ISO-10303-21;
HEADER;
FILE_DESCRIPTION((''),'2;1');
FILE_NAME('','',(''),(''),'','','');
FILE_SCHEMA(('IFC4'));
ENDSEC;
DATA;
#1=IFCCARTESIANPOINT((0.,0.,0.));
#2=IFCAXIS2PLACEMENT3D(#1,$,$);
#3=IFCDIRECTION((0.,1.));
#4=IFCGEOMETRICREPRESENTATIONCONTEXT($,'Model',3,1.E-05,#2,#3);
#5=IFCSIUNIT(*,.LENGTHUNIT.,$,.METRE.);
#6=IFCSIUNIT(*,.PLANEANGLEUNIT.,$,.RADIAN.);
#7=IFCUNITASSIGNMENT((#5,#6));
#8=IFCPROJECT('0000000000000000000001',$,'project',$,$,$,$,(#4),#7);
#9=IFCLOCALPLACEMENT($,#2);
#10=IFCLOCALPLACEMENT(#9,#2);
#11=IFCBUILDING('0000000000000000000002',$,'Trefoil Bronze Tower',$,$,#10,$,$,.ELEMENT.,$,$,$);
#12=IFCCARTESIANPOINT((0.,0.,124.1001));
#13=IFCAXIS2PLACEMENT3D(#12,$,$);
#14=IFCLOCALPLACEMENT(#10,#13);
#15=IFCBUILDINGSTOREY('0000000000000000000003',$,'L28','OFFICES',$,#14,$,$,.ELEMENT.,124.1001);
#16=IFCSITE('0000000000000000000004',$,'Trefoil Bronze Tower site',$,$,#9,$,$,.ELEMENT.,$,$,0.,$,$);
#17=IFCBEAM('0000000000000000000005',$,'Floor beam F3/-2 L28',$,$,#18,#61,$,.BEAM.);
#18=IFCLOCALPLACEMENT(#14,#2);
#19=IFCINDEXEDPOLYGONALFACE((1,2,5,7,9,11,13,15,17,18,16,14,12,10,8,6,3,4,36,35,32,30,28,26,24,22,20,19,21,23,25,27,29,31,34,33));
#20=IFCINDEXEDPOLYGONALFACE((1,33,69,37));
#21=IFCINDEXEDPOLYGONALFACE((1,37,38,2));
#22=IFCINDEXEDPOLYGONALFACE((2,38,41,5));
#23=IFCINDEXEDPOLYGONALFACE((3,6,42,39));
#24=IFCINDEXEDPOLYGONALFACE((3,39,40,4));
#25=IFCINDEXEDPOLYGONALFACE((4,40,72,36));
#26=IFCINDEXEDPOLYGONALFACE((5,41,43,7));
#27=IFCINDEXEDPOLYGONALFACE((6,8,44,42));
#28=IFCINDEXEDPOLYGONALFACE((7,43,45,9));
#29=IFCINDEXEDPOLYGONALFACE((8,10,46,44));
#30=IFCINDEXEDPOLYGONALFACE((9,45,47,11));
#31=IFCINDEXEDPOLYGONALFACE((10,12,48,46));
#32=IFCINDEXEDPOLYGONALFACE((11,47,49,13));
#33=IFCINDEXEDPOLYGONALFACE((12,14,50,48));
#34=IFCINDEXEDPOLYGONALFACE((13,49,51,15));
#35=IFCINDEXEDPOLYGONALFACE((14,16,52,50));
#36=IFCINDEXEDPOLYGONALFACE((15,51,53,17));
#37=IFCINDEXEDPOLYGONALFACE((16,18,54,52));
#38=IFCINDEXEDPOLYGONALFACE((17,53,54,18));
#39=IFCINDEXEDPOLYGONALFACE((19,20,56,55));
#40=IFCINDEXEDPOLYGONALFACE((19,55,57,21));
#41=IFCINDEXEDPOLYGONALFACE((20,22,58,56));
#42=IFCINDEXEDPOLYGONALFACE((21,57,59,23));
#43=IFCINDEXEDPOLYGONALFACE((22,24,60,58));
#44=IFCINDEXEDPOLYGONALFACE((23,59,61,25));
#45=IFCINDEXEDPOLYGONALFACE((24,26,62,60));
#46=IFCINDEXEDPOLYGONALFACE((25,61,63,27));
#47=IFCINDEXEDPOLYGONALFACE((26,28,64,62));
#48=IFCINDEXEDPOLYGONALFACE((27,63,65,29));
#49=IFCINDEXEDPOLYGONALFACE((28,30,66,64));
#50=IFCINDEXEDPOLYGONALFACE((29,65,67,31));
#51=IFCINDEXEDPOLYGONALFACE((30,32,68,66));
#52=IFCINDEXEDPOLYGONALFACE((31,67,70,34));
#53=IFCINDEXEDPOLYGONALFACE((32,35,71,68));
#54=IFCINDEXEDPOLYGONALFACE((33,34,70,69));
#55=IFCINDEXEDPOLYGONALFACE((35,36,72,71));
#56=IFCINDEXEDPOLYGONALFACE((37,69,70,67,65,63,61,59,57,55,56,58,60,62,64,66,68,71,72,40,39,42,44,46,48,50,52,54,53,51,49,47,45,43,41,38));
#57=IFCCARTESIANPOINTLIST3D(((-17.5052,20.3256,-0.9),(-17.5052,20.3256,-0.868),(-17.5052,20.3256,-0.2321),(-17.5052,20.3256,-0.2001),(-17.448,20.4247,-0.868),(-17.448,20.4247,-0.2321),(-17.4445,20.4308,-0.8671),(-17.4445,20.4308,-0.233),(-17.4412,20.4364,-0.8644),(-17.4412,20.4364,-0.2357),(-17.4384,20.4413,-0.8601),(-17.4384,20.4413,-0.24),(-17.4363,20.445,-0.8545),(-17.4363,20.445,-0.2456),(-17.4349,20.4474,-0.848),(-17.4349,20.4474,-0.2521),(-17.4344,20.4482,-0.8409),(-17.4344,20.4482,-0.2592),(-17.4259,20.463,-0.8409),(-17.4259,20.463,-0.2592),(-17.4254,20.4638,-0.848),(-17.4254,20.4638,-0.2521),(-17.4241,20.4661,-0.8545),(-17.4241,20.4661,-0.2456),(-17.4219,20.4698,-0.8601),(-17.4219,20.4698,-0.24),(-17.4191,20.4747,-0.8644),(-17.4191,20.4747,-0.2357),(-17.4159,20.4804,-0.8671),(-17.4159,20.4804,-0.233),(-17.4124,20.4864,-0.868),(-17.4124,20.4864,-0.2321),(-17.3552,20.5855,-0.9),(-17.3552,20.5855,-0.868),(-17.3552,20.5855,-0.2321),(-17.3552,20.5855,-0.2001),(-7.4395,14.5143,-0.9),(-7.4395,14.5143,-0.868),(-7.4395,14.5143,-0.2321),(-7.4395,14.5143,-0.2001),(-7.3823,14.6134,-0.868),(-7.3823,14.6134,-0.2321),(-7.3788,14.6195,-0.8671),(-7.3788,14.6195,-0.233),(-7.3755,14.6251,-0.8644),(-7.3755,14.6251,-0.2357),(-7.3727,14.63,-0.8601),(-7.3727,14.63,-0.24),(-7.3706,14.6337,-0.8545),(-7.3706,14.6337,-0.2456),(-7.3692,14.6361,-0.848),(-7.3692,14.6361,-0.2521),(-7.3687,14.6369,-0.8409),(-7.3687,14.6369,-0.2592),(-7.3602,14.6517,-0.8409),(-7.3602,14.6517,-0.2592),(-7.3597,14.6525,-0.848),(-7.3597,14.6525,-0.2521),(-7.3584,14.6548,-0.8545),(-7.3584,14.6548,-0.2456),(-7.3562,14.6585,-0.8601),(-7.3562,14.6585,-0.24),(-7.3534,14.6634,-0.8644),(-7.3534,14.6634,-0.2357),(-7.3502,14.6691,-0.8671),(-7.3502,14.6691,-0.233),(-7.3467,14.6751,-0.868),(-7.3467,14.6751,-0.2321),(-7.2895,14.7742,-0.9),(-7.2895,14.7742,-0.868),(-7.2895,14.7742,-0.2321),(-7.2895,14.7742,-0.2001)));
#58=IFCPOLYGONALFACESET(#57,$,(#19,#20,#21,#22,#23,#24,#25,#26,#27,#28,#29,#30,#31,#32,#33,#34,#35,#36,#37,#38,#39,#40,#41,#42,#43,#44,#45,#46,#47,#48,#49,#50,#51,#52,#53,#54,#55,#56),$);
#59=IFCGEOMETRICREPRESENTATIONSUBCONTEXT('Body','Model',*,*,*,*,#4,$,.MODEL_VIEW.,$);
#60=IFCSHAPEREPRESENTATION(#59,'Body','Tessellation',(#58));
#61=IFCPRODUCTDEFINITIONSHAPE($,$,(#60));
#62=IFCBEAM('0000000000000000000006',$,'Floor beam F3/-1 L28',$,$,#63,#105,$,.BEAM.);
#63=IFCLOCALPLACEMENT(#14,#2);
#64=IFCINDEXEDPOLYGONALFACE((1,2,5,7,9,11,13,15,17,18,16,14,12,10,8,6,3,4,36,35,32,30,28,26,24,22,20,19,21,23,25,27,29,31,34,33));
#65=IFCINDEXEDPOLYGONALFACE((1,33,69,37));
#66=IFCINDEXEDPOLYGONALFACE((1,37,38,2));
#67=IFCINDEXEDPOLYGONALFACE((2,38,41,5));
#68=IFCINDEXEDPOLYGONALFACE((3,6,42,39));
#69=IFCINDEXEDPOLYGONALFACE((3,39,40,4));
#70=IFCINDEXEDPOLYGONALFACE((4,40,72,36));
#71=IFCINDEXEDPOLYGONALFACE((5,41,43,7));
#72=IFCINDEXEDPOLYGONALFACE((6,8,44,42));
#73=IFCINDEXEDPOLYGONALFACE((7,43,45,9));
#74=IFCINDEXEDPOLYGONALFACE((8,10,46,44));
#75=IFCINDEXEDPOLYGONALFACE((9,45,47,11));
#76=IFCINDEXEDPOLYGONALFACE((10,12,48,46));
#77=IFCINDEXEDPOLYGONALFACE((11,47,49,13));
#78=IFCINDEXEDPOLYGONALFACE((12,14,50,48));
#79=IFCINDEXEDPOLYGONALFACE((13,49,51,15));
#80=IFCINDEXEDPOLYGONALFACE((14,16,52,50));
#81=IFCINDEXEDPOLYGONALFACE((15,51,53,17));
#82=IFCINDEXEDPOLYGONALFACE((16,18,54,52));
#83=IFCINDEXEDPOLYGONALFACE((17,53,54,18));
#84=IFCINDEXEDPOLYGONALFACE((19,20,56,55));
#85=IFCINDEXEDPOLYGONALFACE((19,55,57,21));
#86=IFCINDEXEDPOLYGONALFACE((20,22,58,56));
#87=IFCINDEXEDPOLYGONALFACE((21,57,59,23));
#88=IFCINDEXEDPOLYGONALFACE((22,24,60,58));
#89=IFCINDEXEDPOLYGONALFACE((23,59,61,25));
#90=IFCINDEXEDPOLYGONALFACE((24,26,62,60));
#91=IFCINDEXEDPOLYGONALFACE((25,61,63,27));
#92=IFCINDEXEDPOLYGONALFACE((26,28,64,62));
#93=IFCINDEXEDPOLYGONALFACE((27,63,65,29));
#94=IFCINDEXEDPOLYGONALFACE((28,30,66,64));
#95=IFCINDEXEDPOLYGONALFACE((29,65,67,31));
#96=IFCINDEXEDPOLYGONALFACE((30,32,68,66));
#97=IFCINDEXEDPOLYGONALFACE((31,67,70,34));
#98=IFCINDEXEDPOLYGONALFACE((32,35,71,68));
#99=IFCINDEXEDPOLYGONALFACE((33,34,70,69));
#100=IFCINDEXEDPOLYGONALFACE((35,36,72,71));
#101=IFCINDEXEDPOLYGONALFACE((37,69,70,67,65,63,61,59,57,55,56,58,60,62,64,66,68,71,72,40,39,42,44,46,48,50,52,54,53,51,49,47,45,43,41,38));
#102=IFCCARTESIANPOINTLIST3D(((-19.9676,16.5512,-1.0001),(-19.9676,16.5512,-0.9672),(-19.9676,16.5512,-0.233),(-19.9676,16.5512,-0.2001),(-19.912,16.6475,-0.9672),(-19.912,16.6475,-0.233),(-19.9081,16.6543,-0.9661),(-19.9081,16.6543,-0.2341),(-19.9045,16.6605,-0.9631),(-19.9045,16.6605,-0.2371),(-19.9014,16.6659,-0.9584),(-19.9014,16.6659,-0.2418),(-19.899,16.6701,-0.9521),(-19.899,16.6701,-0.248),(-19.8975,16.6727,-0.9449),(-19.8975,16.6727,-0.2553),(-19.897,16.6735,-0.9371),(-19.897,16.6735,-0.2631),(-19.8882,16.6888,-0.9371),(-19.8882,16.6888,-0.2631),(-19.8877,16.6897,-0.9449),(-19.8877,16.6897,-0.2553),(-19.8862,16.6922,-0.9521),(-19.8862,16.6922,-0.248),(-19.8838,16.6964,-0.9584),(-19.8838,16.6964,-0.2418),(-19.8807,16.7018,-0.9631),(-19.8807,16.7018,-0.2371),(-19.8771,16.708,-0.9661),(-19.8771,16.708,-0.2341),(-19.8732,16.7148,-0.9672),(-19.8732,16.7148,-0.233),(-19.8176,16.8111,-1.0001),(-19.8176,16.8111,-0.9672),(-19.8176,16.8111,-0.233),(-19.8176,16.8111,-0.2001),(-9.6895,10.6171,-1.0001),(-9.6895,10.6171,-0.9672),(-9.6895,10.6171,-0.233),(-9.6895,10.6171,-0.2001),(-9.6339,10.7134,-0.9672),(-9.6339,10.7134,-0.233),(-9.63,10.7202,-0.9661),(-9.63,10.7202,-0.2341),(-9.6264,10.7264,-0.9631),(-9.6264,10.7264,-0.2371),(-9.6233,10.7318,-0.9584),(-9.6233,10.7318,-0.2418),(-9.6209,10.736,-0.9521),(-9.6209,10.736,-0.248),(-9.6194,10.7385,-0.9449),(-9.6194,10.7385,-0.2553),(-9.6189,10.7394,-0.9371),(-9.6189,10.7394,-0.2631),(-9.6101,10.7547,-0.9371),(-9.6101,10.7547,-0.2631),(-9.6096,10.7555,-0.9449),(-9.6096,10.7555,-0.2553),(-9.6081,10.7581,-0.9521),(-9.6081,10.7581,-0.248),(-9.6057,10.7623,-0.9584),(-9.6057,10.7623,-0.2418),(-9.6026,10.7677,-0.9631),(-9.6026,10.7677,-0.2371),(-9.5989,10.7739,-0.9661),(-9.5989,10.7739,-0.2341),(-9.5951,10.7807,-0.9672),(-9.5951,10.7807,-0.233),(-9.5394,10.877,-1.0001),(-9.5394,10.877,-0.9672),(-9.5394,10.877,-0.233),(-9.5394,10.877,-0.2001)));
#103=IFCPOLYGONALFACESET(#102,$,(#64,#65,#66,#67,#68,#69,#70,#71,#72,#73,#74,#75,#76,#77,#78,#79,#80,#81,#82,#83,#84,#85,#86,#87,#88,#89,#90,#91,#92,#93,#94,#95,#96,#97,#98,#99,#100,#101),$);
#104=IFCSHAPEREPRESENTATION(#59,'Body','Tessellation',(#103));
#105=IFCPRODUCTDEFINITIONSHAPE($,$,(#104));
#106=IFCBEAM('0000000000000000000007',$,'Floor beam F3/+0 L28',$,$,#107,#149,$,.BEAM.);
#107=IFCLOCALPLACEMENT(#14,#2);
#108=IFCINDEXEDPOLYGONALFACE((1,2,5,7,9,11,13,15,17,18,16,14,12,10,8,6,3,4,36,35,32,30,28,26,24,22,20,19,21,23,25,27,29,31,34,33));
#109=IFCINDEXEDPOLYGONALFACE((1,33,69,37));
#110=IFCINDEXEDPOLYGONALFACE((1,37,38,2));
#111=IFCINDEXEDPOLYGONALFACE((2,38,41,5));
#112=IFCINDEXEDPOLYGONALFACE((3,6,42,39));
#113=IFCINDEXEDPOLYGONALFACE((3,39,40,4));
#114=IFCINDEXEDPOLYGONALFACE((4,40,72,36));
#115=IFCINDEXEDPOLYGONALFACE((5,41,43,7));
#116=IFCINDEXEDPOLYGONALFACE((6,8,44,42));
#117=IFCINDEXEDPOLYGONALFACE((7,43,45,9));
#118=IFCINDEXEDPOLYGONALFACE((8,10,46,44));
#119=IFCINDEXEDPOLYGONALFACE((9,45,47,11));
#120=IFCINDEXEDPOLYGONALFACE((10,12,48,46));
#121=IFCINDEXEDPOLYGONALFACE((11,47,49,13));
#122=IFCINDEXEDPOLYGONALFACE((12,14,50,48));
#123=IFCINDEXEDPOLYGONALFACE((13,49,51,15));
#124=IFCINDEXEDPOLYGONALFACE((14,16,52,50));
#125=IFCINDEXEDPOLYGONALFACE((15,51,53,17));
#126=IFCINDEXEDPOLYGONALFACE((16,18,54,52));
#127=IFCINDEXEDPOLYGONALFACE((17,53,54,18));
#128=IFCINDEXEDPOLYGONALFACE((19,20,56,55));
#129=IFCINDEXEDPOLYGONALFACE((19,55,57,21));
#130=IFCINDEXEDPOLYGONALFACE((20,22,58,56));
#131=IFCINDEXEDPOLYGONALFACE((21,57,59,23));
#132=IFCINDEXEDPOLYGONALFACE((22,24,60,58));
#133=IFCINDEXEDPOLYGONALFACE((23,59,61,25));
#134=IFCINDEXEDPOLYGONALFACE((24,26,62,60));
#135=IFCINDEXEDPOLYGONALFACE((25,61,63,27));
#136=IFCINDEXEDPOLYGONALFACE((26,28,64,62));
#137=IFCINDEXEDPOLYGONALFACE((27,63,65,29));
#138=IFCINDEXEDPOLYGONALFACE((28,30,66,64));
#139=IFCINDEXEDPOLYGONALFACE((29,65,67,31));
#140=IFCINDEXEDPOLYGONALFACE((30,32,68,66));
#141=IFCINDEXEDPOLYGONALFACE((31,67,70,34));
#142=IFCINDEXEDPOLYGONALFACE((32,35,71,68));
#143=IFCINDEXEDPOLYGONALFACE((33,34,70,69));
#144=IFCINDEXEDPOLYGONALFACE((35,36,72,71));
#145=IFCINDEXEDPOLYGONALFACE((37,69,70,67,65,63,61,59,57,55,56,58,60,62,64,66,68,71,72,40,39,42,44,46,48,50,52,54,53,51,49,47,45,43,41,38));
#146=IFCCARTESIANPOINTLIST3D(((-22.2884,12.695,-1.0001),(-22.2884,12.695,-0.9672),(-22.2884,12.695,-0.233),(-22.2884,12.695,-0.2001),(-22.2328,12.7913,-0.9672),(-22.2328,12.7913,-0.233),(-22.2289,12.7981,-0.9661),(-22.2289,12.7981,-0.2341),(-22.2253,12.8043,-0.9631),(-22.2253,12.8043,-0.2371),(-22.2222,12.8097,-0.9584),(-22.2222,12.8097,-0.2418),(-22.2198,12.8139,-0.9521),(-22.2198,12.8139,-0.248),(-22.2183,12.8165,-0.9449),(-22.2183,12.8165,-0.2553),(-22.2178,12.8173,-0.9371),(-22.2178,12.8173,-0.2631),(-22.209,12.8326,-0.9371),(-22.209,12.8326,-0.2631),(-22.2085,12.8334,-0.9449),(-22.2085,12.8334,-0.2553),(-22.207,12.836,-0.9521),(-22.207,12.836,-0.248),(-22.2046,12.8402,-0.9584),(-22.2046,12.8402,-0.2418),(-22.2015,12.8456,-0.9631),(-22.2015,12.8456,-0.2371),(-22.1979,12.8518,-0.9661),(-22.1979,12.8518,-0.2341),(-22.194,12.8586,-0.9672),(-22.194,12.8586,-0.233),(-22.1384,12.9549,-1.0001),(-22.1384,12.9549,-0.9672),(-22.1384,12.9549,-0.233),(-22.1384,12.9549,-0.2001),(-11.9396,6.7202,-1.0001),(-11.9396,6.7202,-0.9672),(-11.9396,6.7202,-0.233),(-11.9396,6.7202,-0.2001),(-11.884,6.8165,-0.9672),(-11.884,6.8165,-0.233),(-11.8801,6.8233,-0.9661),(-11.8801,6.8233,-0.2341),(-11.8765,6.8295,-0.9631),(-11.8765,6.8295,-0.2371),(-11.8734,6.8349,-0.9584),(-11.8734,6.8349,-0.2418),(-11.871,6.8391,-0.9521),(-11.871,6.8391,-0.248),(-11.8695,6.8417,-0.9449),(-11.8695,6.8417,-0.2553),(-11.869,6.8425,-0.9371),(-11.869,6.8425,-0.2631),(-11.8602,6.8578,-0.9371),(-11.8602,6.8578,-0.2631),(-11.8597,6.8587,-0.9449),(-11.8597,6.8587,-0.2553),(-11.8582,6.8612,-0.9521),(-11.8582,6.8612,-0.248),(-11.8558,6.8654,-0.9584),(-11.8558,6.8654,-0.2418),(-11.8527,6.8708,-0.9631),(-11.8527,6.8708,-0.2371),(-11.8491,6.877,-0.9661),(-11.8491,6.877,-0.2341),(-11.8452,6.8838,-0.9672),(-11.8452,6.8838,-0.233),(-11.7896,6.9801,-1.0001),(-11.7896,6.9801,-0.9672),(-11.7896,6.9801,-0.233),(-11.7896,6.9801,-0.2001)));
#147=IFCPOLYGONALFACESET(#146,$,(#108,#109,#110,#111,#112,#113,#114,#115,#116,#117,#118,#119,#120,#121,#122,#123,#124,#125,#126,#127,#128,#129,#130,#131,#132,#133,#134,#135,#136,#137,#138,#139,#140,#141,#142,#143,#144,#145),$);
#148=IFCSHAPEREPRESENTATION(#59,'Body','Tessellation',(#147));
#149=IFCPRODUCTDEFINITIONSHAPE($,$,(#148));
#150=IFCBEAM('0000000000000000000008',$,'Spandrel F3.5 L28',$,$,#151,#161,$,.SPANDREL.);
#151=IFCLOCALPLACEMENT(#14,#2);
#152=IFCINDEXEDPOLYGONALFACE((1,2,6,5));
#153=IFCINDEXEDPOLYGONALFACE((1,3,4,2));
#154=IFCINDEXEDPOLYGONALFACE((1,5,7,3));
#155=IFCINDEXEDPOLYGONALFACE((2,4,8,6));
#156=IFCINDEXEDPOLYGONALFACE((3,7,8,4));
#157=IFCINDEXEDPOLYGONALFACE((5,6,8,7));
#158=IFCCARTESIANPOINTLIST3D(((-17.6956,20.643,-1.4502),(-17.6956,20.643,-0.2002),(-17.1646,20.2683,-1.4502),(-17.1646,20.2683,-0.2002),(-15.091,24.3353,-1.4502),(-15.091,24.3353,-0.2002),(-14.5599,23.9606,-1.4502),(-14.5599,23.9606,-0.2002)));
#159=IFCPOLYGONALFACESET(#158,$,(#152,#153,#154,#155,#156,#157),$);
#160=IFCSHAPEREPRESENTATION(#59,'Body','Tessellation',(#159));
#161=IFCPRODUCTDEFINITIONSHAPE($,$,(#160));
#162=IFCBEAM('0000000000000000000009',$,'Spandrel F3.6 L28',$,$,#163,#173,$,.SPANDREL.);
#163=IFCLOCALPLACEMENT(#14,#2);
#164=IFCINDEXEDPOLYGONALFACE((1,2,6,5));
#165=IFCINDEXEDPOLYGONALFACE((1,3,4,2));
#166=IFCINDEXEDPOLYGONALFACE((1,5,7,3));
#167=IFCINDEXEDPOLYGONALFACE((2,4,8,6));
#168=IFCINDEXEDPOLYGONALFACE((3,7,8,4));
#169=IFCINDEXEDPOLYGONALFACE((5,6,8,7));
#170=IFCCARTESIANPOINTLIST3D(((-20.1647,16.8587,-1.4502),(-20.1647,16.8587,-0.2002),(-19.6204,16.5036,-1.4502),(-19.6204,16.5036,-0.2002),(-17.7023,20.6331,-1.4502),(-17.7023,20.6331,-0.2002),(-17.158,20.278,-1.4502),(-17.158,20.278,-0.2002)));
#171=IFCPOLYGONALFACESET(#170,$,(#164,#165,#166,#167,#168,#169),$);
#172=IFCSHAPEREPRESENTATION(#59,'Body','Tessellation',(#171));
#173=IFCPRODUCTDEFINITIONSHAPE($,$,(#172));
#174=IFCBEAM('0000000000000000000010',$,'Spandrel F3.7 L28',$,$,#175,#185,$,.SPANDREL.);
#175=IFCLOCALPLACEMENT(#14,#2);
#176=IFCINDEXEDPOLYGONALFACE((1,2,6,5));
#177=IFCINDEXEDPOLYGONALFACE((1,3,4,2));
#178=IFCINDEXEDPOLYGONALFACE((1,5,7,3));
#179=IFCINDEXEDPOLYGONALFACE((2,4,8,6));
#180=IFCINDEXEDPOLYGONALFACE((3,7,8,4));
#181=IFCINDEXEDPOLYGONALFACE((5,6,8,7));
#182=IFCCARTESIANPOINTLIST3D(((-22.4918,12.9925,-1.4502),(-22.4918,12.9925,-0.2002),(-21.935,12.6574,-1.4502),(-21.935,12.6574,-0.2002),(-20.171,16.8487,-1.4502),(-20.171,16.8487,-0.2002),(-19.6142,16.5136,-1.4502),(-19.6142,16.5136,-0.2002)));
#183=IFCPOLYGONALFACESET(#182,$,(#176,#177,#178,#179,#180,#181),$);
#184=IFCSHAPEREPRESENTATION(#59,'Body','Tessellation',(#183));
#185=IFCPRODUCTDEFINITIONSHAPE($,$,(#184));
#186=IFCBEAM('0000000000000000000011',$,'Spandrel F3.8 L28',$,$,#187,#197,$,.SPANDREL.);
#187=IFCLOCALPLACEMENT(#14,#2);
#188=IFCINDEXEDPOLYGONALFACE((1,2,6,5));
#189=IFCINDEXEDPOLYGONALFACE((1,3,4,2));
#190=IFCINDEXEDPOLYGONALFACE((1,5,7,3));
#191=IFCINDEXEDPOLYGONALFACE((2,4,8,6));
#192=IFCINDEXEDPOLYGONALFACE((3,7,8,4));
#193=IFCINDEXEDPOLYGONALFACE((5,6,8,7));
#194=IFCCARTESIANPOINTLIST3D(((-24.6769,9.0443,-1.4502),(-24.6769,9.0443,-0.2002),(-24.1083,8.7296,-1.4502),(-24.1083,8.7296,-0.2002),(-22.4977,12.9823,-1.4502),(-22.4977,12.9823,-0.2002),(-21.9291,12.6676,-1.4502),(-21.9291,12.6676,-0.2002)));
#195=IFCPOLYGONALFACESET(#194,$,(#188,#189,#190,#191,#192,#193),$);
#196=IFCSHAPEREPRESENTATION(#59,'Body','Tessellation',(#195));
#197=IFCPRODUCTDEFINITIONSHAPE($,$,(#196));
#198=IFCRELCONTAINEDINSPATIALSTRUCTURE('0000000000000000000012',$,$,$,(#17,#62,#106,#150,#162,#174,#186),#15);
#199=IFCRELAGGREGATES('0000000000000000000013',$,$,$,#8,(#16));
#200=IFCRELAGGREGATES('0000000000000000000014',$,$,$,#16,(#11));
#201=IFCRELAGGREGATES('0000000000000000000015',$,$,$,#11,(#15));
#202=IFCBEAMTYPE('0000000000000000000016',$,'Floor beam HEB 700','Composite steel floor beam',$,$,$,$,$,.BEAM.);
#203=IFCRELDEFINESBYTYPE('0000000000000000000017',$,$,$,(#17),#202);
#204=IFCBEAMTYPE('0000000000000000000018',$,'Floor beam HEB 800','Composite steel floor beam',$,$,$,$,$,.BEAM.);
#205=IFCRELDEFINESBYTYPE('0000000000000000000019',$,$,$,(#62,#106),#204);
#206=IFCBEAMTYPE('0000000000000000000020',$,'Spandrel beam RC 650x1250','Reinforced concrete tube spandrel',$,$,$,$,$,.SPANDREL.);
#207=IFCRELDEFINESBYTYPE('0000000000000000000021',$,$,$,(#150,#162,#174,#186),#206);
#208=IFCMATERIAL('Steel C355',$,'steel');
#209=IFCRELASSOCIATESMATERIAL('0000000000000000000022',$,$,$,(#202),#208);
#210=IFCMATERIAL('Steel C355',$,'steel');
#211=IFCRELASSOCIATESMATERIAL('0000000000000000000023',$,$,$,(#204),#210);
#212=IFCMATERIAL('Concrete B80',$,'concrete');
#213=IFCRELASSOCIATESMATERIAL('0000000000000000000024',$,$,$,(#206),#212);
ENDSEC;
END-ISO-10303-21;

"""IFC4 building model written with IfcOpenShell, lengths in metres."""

from ifc_helpers import new_model, si_unit, direction, frame, origin, origin_2d, place, context, subcontext, project, spatial, rectangle, i_section, extrude, material, material_profile, profile_set, type_object, element, save


model = new_model("IFC4")

# Units and contexts
model_context = context("Model", 3, precision=1e-05, world=origin(), true_north=direction((0.0, 1.0)))
body_context = subcontext(model_context, "Body", "Model", "MODEL_VIEW")
ifc_project = project(units=[si_unit("LENGTHUNIT", "METRE"), si_unit("PLANEANGLEUNIT", "RADIAN")], contexts=[model_context])

# Site, building, storey
site_placement = place(None, origin())
site = spatial("IfcSite", under=ifc_project, at=site_placement, Name="Trefoil Bronze Tower site", CompositionType="ELEMENT", RefElevation=0.0)
building_placement = place(site_placement, origin())
building = spatial("IfcBuilding", under=site, at=building_placement, Name="Trefoil Bronze Tower", CompositionType="ELEMENT")
storey_placement = place(building_placement, frame((0.0, 0.0, 124.1001)))
storey = spatial("IfcBuildingStorey", under=building, at=storey_placement, Name="L28", Description="OFFICES", CompositionType="ELEMENT", Elevation=124.1001)

# Beams
ifc_material_1 = material(Name="Steel C355", Category="steel")
ifc_material_profile_1 = material_profile(ifc_material_1, i_section(OverallWidth=0.3, OverallDepth=0.7, WebThickness=0.0171, FlangeThickness=0.032, FilletRadius=0.0271, at=origin_2d()), Name="HEB 700")
ifc_profile_set_1 = profile_set([ifc_material_profile_1], Name="Steel C355")
beam_type_1 = type_object("IfcBeamType", Name="Floor beam HEB 700", Description="Composite steel floor beam", PredefinedType="BEAM", material=ifc_profile_set_1)
beam_1_placement = place(storey_placement, frame((-17.4302, 20.4556, -0.55), z_axis=(0.866031, -0.499991, 0.0), x_axis=(0.499991, 0.866031, 0.0)))
element("IfcBeam", 1, at=beam_1_placement, inside=storey, type_object=beam_type_1, Name="Floor beam F3/-2 L28", PredefinedType="BEAM", context=body_context, shape_type="SweptSolid", body=[
    extrude(i_section(OverallWidth=0.3, OverallDepth=0.7, WebThickness=0.0171, FlangeThickness=0.032, FilletRadius=0.0271, at=origin_2d()), origin(), (0.0, 0.0, 1.0), 11.6228),
])
ifc_material_2 = material(Name="Steel C355", Category="steel")
ifc_material_profile_2 = material_profile(ifc_material_2, i_section(OverallWidth=0.3, OverallDepth=0.8, WebThickness=0.0176, FlangeThickness=0.033, FilletRadius=0.03, at=origin_2d()), Name="HEB 800")
ifc_profile_set_2 = profile_set([ifc_material_profile_2], Name="Steel C355")
beam_type_2 = type_object("IfcBeamType", Name="Floor beam HEB 800", Description="Composite steel floor beam", PredefinedType="BEAM", material=ifc_profile_set_2)
beam_2_placement = place(storey_placement, frame((-19.8926, 16.6812, -0.6001), z_axis=(0.866024, -0.500002, 0.0), x_axis=(0.500002, 0.866024, 0.0)))
element("IfcBeam", 2, at=beam_2_placement, inside=storey, type_object=beam_type_2, Name="Floor beam F3/-1 L28", PredefinedType="BEAM", context=body_context, shape_type="SweptSolid", body=[
    extrude(i_section(OverallWidth=0.3, OverallDepth=0.8, WebThickness=0.0176, FlangeThickness=0.033, FilletRadius=0.03, at=origin_2d()), origin(), (0.0, 0.0, 1.0), 11.8682),
])
beam_3_placement = place(storey_placement, frame((-22.2134, 12.825, -0.6001), z_axis=(0.866028, -0.499995, 0.0), x_axis=(0.499995, 0.866028, 0.0)))
element("IfcBeam", 3, at=beam_3_placement, inside=storey, type_object=beam_type_2, Name="Floor beam F3/+0 L28", PredefinedType="BEAM", context=body_context, shape_type="SweptSolid", body=[
    extrude(i_section(OverallWidth=0.3, OverallDepth=0.8, WebThickness=0.0176, FlangeThickness=0.033, FilletRadius=0.03, at=origin_2d()), origin(), (0.0, 0.0, 1.0), 11.9497),
])
ifc_material_3 = material(Name="Concrete B80", Category="concrete")
ifc_material_profile_3 = material_profile(ifc_material_3, rectangle(XDim=0.6499, YDim=1.25, at=origin_2d()), Name="RC 650x1250")
ifc_profile_set_3 = profile_set([ifc_material_profile_3], Name="Concrete B80")
beam_type_3 = type_object("IfcBeamType", Name="Spandrel beam RC 650x1250", Description="Reinforced concrete tube spandrel", PredefinedType="SPANDREL", material=ifc_profile_set_3)
beam_4_placement = place(storey_placement, frame((-14.8254, 24.1479, -0.8252), z_axis=(-0.576439, -0.81714, 0.0), x_axis=(0.81714, -0.576439, 0.0)))
element("IfcBeam", 4, at=beam_4_placement, inside=storey, type_object=beam_type_3, Name="Spandrel F3.5 L28", PredefinedType="SPANDREL", context=body_context, shape_type="SweptSolid", body=[
    extrude(rectangle(XDim=0.6499, YDim=1.25, at=origin_2d()), origin(), (0.0, 0.0, 1.0), 4.5186),
])
beam_5_placement = place(storey_placement, frame((-17.4302, 20.4556, -0.8252), z_axis=(-0.546397, -0.837527, 0.0), x_axis=(0.837527, -0.546397, 0.0)))
element("IfcBeam", 5, at=beam_5_placement, inside=storey, type_object=beam_type_3, Name="Spandrel F3.6 L28", PredefinedType="SPANDREL", context=body_context, shape_type="SweptSolid", body=[
    extrude(rectangle(XDim=0.6499, YDim=1.25, at=origin_2d()), origin(), (0.0, 0.0, 1.0), 4.5066),
])
for number, where, z_axis, x_axis, name in (
    (6, (-19.8926, 16.6812, -0.8252), (-0.515652, -0.856798, 0.0), (0.856798, -0.515652, 0.0), "Spandrel F3.7 L28"),
    (7, (-22.2134, 12.825, -0.8252), (-0.484187, -0.874965, 0.0), (0.874965, -0.484187, 0.0), "Spandrel F3.8 L28"),
):
    element("IfcBeam", number, at=place(storey_placement, frame(where, z_axis=z_axis, x_axis=x_axis)), inside=storey, type_object=beam_type_3, Name=name, PredefinedType="SPANDREL", context=body_context, shape_type="SweptSolid", body=[
        extrude(rectangle(XDim=0.6499, YDim=1.25, at=origin_2d()), origin(), (0.0, 0.0, 1.0), 4.5007),
    ])

save(model, "model.ifc")
